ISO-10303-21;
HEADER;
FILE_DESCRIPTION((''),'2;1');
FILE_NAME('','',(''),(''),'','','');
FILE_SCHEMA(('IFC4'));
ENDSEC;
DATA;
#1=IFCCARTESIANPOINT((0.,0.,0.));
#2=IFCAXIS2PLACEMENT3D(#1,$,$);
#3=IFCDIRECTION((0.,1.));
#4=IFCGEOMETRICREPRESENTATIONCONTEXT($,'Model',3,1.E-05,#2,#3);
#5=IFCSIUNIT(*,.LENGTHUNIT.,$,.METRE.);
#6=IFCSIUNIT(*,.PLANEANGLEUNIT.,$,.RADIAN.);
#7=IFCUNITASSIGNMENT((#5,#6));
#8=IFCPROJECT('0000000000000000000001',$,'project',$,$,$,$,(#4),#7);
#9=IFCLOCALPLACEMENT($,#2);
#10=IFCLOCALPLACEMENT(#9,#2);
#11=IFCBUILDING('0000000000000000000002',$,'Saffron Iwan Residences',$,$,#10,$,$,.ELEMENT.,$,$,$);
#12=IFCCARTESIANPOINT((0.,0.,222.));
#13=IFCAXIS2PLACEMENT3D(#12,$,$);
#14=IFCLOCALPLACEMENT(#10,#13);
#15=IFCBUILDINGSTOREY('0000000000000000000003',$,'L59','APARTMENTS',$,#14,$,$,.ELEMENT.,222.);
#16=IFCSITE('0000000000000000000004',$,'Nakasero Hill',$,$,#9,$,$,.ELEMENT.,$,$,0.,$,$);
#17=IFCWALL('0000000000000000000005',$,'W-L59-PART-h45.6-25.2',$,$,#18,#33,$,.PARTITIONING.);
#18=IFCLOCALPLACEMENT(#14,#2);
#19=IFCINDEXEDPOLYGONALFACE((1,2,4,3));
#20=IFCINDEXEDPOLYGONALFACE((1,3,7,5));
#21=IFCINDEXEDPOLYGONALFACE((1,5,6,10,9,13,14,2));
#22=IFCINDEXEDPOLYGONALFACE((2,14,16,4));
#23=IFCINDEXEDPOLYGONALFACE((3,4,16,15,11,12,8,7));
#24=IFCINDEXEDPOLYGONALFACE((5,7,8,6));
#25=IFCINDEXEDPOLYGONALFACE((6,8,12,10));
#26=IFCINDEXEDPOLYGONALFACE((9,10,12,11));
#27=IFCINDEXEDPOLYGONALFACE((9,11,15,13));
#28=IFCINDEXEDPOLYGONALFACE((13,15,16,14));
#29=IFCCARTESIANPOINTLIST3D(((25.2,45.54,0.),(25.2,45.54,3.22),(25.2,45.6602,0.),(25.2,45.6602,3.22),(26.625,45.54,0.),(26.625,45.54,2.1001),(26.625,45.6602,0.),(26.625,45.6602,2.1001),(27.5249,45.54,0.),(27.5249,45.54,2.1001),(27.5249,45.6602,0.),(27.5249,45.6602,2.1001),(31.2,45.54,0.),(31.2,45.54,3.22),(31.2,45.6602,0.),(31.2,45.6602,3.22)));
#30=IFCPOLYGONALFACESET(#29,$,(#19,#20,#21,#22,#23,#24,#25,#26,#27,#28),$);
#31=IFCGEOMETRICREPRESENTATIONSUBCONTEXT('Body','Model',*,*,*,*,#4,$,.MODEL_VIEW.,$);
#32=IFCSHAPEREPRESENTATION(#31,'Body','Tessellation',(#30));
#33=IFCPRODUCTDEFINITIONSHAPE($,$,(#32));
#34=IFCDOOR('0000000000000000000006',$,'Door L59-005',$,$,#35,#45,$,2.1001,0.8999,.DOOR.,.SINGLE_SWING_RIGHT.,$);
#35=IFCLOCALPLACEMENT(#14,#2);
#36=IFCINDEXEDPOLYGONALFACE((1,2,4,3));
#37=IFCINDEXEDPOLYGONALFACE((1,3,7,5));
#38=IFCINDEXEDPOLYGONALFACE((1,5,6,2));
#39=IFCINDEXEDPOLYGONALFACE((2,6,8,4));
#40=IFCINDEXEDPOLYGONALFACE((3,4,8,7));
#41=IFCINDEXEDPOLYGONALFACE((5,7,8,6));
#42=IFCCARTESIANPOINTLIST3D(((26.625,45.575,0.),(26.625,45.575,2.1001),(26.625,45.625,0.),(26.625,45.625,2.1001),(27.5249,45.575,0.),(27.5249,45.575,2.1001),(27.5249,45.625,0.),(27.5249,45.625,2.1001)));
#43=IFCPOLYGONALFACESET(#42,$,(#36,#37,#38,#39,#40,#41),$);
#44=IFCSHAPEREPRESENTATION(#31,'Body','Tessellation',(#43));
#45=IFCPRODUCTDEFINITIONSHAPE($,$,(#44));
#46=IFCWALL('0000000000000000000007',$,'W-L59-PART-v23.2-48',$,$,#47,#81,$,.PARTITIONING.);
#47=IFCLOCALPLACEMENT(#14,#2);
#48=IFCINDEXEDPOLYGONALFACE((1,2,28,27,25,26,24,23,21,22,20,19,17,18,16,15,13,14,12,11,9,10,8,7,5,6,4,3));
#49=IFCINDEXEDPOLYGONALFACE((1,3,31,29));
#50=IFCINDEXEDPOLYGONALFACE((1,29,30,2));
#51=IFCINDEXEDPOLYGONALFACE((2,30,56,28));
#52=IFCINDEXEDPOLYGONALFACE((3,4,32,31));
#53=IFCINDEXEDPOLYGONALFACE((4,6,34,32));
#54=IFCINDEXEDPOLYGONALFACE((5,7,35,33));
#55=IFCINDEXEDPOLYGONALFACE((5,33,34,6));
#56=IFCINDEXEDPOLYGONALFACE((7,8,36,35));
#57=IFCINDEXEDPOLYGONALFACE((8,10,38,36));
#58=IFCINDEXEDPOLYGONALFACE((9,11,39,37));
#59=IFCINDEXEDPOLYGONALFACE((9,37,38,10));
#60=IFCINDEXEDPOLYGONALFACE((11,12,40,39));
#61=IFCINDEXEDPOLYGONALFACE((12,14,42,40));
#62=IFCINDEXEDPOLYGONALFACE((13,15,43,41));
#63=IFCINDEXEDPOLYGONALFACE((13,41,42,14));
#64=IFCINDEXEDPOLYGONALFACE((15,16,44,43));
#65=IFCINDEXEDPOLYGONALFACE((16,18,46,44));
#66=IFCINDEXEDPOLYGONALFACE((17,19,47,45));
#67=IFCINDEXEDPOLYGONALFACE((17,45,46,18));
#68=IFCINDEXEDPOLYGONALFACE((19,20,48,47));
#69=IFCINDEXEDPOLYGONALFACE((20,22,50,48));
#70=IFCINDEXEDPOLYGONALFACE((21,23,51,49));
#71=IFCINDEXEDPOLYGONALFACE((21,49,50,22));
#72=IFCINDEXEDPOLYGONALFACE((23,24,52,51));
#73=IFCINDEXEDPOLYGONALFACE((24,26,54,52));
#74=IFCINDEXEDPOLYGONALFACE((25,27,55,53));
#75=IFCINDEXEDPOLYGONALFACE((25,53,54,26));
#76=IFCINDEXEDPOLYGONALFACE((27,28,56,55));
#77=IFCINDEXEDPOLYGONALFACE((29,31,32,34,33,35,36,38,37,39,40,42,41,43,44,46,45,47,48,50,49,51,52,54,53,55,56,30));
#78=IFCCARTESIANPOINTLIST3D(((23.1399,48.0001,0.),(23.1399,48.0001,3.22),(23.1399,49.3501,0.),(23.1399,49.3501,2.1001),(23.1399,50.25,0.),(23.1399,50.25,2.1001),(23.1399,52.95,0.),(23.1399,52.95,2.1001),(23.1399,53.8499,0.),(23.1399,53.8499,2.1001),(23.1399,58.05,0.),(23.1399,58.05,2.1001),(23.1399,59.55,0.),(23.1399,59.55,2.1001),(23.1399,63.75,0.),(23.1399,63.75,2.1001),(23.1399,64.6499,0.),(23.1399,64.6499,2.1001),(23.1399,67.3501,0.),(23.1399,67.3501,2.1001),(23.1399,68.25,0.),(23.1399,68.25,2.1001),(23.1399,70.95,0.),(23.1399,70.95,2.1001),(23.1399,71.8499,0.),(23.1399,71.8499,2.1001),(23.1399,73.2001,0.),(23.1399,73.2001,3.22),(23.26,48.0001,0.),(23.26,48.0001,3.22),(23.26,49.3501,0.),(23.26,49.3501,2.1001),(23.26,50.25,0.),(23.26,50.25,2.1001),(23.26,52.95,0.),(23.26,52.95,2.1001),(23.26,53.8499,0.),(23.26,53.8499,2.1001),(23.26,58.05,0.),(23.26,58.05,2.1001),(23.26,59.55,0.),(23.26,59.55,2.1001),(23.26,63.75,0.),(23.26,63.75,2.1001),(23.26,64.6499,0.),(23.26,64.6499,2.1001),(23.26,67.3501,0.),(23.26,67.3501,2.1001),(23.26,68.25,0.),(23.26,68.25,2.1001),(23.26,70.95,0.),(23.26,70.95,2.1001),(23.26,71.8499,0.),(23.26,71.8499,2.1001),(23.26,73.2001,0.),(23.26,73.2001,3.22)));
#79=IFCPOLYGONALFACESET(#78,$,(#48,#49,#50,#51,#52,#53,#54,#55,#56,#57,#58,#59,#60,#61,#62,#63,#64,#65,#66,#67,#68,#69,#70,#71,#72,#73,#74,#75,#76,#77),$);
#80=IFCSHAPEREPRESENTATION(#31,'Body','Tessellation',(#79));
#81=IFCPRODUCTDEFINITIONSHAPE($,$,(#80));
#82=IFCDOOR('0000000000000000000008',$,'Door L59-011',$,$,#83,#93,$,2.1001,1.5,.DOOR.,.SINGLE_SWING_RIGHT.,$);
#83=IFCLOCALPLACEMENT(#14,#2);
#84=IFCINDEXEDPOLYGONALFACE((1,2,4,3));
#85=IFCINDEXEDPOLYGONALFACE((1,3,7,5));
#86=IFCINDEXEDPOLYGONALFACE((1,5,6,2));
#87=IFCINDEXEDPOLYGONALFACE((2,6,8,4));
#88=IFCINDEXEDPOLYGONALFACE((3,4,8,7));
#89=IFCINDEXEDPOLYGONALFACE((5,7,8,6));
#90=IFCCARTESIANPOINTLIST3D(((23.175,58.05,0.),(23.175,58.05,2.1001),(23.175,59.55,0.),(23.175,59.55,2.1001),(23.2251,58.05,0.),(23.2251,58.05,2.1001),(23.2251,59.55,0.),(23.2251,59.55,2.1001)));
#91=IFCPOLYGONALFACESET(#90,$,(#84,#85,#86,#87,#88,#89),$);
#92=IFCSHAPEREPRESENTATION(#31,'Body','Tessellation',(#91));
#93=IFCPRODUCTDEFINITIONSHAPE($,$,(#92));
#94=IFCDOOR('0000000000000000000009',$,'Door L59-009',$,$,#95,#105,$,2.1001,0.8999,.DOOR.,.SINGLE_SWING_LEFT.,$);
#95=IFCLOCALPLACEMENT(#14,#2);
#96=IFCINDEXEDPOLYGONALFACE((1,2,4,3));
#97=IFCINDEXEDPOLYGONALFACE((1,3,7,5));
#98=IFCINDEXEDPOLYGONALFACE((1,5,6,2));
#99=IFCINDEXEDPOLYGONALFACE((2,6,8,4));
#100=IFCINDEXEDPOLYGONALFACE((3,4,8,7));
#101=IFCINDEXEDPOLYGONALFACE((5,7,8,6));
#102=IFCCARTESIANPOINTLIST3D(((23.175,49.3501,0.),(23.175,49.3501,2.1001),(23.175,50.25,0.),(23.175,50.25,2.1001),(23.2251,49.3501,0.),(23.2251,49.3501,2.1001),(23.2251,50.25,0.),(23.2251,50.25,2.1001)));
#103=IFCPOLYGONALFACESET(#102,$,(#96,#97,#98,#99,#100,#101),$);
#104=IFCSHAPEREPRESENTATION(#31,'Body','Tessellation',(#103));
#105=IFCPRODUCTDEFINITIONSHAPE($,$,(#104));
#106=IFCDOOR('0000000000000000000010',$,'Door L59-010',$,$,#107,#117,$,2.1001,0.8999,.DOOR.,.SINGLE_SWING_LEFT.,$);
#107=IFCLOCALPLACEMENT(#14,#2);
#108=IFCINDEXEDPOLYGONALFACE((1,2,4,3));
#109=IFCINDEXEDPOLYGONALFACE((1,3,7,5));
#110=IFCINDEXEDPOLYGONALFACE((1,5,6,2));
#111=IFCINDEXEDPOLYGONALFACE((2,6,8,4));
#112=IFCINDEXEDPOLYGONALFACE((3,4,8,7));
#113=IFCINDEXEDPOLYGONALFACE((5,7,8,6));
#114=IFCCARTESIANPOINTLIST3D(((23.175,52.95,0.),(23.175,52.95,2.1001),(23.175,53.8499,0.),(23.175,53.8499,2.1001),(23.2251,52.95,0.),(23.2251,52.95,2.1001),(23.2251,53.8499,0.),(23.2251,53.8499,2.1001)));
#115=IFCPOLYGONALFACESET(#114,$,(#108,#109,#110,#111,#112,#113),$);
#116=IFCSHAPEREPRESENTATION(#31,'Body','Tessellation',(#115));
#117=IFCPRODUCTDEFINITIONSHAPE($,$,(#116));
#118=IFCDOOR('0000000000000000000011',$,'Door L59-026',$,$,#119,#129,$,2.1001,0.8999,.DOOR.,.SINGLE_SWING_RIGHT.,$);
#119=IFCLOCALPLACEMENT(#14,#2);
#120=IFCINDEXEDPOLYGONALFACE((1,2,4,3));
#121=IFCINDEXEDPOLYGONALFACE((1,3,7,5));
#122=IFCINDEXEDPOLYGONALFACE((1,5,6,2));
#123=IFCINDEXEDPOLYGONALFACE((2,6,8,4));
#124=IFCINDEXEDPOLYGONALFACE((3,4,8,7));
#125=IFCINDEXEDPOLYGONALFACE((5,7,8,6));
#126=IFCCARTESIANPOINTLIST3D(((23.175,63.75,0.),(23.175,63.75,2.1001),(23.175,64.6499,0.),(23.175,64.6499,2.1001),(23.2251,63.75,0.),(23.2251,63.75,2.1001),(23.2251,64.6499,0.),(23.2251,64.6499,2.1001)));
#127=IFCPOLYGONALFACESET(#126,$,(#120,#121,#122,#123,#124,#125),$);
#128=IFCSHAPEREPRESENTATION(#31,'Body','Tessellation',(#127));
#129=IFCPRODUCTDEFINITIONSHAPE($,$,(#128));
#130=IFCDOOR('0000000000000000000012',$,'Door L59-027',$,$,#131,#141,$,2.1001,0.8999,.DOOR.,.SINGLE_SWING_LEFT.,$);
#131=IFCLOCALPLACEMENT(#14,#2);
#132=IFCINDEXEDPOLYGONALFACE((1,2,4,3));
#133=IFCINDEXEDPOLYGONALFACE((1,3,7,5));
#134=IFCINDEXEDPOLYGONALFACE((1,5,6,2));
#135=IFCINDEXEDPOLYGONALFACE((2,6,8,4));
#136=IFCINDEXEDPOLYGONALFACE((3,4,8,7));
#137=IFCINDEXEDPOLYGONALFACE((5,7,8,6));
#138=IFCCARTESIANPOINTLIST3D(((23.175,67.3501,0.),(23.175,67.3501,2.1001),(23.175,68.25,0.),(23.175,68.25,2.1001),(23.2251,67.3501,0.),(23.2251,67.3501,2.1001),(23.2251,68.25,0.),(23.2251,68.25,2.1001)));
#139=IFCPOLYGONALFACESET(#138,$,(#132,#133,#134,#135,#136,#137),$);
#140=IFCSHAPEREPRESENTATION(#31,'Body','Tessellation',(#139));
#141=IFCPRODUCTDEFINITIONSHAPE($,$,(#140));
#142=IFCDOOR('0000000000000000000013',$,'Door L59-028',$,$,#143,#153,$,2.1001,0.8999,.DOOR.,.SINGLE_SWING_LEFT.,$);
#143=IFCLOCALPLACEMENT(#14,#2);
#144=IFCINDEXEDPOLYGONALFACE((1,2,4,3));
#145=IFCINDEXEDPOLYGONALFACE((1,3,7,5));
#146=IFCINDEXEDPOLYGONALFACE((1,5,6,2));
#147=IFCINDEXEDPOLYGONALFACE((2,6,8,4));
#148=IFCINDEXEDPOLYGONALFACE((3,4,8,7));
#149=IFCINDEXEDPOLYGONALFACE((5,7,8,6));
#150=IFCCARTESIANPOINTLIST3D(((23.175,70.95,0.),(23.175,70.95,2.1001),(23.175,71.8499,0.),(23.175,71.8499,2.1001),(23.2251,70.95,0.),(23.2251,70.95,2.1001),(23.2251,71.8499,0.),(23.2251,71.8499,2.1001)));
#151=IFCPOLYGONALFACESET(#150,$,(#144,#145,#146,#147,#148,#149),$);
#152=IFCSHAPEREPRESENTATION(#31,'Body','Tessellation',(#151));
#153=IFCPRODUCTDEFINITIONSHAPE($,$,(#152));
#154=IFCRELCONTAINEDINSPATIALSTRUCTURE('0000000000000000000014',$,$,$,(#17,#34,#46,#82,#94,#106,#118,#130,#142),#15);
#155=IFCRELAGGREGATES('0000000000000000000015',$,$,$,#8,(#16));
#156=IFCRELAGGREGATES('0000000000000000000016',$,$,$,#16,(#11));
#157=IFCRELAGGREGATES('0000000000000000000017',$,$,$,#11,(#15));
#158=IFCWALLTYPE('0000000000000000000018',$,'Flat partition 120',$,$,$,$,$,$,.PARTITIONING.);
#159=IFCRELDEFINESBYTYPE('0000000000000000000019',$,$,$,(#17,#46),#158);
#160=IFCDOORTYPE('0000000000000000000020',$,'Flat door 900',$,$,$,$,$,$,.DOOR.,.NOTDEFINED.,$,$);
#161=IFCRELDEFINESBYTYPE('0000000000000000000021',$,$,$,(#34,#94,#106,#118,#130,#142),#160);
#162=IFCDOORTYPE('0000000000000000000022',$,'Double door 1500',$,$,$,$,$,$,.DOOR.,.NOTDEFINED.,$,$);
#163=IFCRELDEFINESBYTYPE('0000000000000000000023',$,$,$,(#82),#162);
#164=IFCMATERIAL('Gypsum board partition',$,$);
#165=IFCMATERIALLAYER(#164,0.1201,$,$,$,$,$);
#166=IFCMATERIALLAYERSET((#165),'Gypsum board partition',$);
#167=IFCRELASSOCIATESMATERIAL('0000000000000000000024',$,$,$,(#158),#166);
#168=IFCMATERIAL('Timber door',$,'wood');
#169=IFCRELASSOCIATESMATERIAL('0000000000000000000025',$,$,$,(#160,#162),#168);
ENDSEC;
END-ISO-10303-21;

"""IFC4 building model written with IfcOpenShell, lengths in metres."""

from ifc_helpers import new_model, si_unit, direction, frame, frame_2d, origin, place, context, subcontext, project, spatial, rectangle, extrude, material, layer, layer_set, type_object, element, fill, save


model = new_model("IFC4")

# Units and contexts
model_context = context("Model", 3, precision=1e-05, world=origin(), true_north=direction((0.0, 1.0)))
body_context = subcontext(model_context, "Body", "Model", "MODEL_VIEW")
ifc_project = project(units=[si_unit("LENGTHUNIT", "METRE"), si_unit("PLANEANGLEUNIT", "RADIAN")], contexts=[model_context])

# Site, building, storey
site_placement = place(None, origin())
site = spatial("IfcSite", under=ifc_project, at=site_placement, Name="Nakasero Hill", CompositionType="ELEMENT", RefElevation=0.0)
building_placement = place(site_placement, origin())
building = spatial("IfcBuilding", under=site, at=building_placement, Name="Saffron Iwan Residences", CompositionType="ELEMENT")
storey_placement = place(building_placement, frame((0.0, 0.0, 222.0)))
storey = spatial("IfcBuildingStorey", under=building, at=storey_placement, Name="L59", Description="APARTMENTS", CompositionType="ELEMENT", Elevation=222.0)

# Shared definitions
ifc_material_1 = material(Name="Gypsum board partition")
ifc_layer_1 = layer(ifc_material_1, 0.1201)
ifc_layer_set_1 = layer_set([ifc_layer_1], Name="Gypsum board partition")
wall_type_1 = type_object("IfcWallType", Name="Flat partition 120", PredefinedType="PARTITIONING", material=ifc_layer_set_1)
ifc_material_2 = material(Name="Timber door", Category="wood")
door_type_1 = type_object("IfcDoorType", Name="Flat door 900", OperationType="NOTDEFINED", PredefinedType="DOOR", material=ifc_material_2)

# Wall, opening, door
wall_1_placement = place(storey_placement, frame((25.2, 45.6001, 0.0), z_axis=(0.0, 0.0, 1.0), x_axis=(1.0, 0.0, 0.0)))
wall_1 = element("IfcWall", 1, at=wall_1_placement, inside=storey, type_object=wall_type_1, Name="W-L59-PART-h45.6-25.2", PredefinedType="PARTITIONING", context=body_context, shape_type="SweptSolid", body=[
    extrude(rectangle(XDim=6.0, YDim=0.1201, at=frame_2d((3.0, 0.0))), origin(), (0.0, 0.0, 1.0), 3.22),
])
opening_1_placement = place(wall_1_placement, frame((1.425, 0.0, 0.0)))
opening_1 = element("IfcOpeningElement", 2, at=opening_1_placement, cuts=wall_1, PredefinedType="OPENING", context=body_context, shape_type="SweptSolid", body=[
    extrude(rectangle(XDim=0.8999, YDim=2.1001, at=frame_2d((0.45, 1.05))), frame((0.0, 0.0701, 0.0), z_axis=(0.0, -1.0, 0.0), x_axis=(1.0, 0.0, 0.0)), (0.0, 0.0, 1.0), 0.1401),
])
door_1_placement = place(opening_1_placement, origin())
door_1 = element("IfcDoor", 3, at=door_1_placement, inside=storey, type_object=door_type_1, Name="Door L59-005", OperationType="SINGLE_SWING_RIGHT", OverallHeight=2.1001, OverallWidth=0.8999, PredefinedType="DOOR", context=body_context, shape_type="SweptSolid", body=[
    extrude(rectangle(XDim=0.8999, YDim=2.1001, at=frame_2d((0.45, 1.05))), frame((0.0, 0.0249, 0.0), z_axis=(0.0, -1.0, 0.0), x_axis=(1.0, 0.0, 0.0)), (0.0, 0.0, 1.0), 0.05),
])
fill(opening_1, door_1)

# Wall, openings, doors
wall_2_placement = place(storey_placement, frame((23.2, 48.0, 0.0), z_axis=(0.0, 0.0, 1.0), x_axis=(0.0, 1.0, 0.0)))
wall_2 = element("IfcWall", 4, at=wall_2_placement, inside=storey, type_object=wall_type_1, Name="W-L59-PART-v23.2-48", PredefinedType="PARTITIONING", context=body_context, shape_type="SweptSolid", body=[
    extrude(rectangle(XDim=25.2, YDim=0.1201, at=frame_2d((12.6001, 0.0))), origin(), (0.0, 0.0, 1.0), 3.22),
])
opening_2_placement = place(wall_2_placement, frame((1.3501, 0.0, 0.0)))
opening_2 = element("IfcOpeningElement", 5, at=opening_2_placement, cuts=wall_2, PredefinedType="OPENING", context=body_context, shape_type="SweptSolid", body=[
    extrude(rectangle(XDim=0.8999, YDim=2.1001, at=frame_2d((0.45, 1.05))), frame((0.0, 0.0701, 0.0), z_axis=(0.0, -1.0, 0.0), x_axis=(1.0, 0.0, 0.0)), (0.0, 0.0, 1.0), 0.1401),
])
opening_3_placement = place(wall_2_placement, frame((4.95, 0.0, 0.0)))
opening_3 = element("IfcOpeningElement", 6, at=opening_3_placement, cuts=wall_2, PredefinedType="OPENING", context=body_context, shape_type="SweptSolid", body=[
    extrude(rectangle(XDim=0.8999, YDim=2.1001, at=frame_2d((0.45, 1.05))), frame((0.0, 0.0701, 0.0), z_axis=(0.0, -1.0, 0.0), x_axis=(1.0, 0.0, 0.0)), (0.0, 0.0, 1.0), 0.1401),
])
opening_4_placement = place(wall_2_placement, frame((10.05, 0.0, 0.0)))
opening_4 = element("IfcOpeningElement", 7, at=opening_4_placement, cuts=wall_2, PredefinedType="OPENING", context=body_context, shape_type="SweptSolid", body=[
    extrude(rectangle(XDim=1.5, YDim=2.1001, at=frame_2d((0.75, 1.05))), frame((0.0, 0.0701, 0.0), z_axis=(0.0, -1.0, 0.0), x_axis=(1.0, 0.0, 0.0)), (0.0, 0.0, 1.0), 0.1401),
])
opening_5_placement = place(wall_2_placement, frame((15.75, 0.0, 0.0)))
opening_5 = element("IfcOpeningElement", 8, at=opening_5_placement, cuts=wall_2, PredefinedType="OPENING", context=body_context, shape_type="SweptSolid", body=[
    extrude(rectangle(XDim=0.8999, YDim=2.1001, at=frame_2d((0.45, 1.05))), frame((0.0, 0.0701, 0.0), z_axis=(0.0, -1.0, 0.0), x_axis=(1.0, 0.0, 0.0)), (0.0, 0.0, 1.0), 0.1401),
])
opening_6_placement = place(wall_2_placement, frame((19.3501, 0.0, 0.0)))
opening_6 = element("IfcOpeningElement", 9, at=opening_6_placement, cuts=wall_2, PredefinedType="OPENING", context=body_context, shape_type="SweptSolid", body=[
    extrude(rectangle(XDim=0.8999, YDim=2.1001, at=frame_2d((0.45, 1.05))), frame((0.0, 0.0701, 0.0), z_axis=(0.0, -1.0, 0.0), x_axis=(1.0, 0.0, 0.0)), (0.0, 0.0, 1.0), 0.1401),
])
opening_7_placement = place(wall_2_placement, frame((22.95, 0.0, 0.0)))
opening_7 = element("IfcOpeningElement", 10, at=opening_7_placement, cuts=wall_2, PredefinedType="OPENING", context=body_context, shape_type="SweptSolid", body=[
    extrude(rectangle(XDim=0.8999, YDim=2.1001, at=frame_2d((0.45, 1.05))), frame((0.0, 0.0701, 0.0), z_axis=(0.0, -1.0, 0.0), x_axis=(1.0, 0.0, 0.0)), (0.0, 0.0, 1.0), 0.1401),
])
door_type_2 = type_object("IfcDoorType", Name="Double door 1500", OperationType="NOTDEFINED", PredefinedType="DOOR", material=ifc_material_2)
door_2_placement = place(opening_4_placement, origin())
door_2 = element("IfcDoor", 11, at=door_2_placement, inside=storey, type_object=door_type_2, Name="Door L59-011", OperationType="SINGLE_SWING_RIGHT", OverallHeight=2.1001, OverallWidth=1.5, PredefinedType="DOOR", context=body_context, shape_type="SweptSolid", body=[
    extrude(rectangle(XDim=1.5, YDim=2.1001, at=frame_2d((0.75, 1.05))), frame((0.0, 0.0249, 0.0), z_axis=(0.0, -1.0, 0.0), x_axis=(1.0, 0.0, 0.0)), (0.0, 0.0, 1.0), 0.05),
])
fill(opening_4, door_2)
door_3_placement = place(opening_2_placement, origin())
door_3 = element("IfcDoor", 12, at=door_3_placement, inside=storey, type_object=door_type_1, Name="Door L59-009", OperationType="SINGLE_SWING_LEFT", OverallHeight=2.1001, OverallWidth=0.8999, PredefinedType="DOOR", context=body_context, shape_type="SweptSolid", body=[
    extrude(rectangle(XDim=0.8999, YDim=2.1001, at=frame_2d((0.45, 1.05))), frame((0.0, 0.0249, 0.0), z_axis=(0.0, -1.0, 0.0), x_axis=(1.0, 0.0, 0.0)), (0.0, 0.0, 1.0), 0.05),
])
fill(opening_2, door_3)
door_4_placement = place(opening_3_placement, origin())
door_4 = element("IfcDoor", 13, at=door_4_placement, inside=storey, type_object=door_type_1, Name="Door L59-010", OperationType="SINGLE_SWING_LEFT", OverallHeight=2.1001, OverallWidth=0.8999, PredefinedType="DOOR", context=body_context, shape_type="SweptSolid", body=[
    extrude(rectangle(XDim=0.8999, YDim=2.1001, at=frame_2d((0.45, 1.05))), frame((0.0, 0.0249, 0.0), z_axis=(0.0, -1.0, 0.0), x_axis=(1.0, 0.0, 0.0)), (0.0, 0.0, 1.0), 0.05),
])
fill(opening_3, door_4)
door_5_placement = place(opening_5_placement, origin())
door_5 = element("IfcDoor", 14, at=door_5_placement, inside=storey, type_object=door_type_1, Name="Door L59-026", OperationType="SINGLE_SWING_RIGHT", OverallHeight=2.1001, OverallWidth=0.8999, PredefinedType="DOOR", context=body_context, shape_type="SweptSolid", body=[
    extrude(rectangle(XDim=0.8999, YDim=2.1001, at=frame_2d((0.45, 1.05))), frame((0.0, 0.0249, 0.0), z_axis=(0.0, -1.0, 0.0), x_axis=(1.0, 0.0, 0.0)), (0.0, 0.0, 1.0), 0.05),
])
fill(opening_5, door_5)
door_6_placement = place(opening_6_placement, origin())
door_6 = element("IfcDoor", 15, at=door_6_placement, inside=storey, type_object=door_type_1, Name="Door L59-027", OperationType="SINGLE_SWING_LEFT", OverallHeight=2.1001, OverallWidth=0.8999, PredefinedType="DOOR", context=body_context, shape_type="SweptSolid", body=[
    extrude(rectangle(XDim=0.8999, YDim=2.1001, at=frame_2d((0.45, 1.05))), frame((0.0, 0.0249, 0.0), z_axis=(0.0, -1.0, 0.0), x_axis=(1.0, 0.0, 0.0)), (0.0, 0.0, 1.0), 0.05),
])
fill(opening_6, door_6)
door_7_placement = place(opening_7_placement, origin())
door_7 = element("IfcDoor", 16, at=door_7_placement, inside=storey, type_object=door_type_1, Name="Door L59-028", OperationType="SINGLE_SWING_LEFT", OverallHeight=2.1001, OverallWidth=0.8999, PredefinedType="DOOR", context=body_context, shape_type="SweptSolid", body=[
    extrude(rectangle(XDim=0.8999, YDim=2.1001, at=frame_2d((0.45, 1.05))), frame((0.0, 0.0249, 0.0), z_axis=(0.0, -1.0, 0.0), x_axis=(1.0, 0.0, 0.0)), (0.0, 0.0, 1.0), 0.05),
])
fill(opening_7, door_7)

save(model, "model.ifc")
